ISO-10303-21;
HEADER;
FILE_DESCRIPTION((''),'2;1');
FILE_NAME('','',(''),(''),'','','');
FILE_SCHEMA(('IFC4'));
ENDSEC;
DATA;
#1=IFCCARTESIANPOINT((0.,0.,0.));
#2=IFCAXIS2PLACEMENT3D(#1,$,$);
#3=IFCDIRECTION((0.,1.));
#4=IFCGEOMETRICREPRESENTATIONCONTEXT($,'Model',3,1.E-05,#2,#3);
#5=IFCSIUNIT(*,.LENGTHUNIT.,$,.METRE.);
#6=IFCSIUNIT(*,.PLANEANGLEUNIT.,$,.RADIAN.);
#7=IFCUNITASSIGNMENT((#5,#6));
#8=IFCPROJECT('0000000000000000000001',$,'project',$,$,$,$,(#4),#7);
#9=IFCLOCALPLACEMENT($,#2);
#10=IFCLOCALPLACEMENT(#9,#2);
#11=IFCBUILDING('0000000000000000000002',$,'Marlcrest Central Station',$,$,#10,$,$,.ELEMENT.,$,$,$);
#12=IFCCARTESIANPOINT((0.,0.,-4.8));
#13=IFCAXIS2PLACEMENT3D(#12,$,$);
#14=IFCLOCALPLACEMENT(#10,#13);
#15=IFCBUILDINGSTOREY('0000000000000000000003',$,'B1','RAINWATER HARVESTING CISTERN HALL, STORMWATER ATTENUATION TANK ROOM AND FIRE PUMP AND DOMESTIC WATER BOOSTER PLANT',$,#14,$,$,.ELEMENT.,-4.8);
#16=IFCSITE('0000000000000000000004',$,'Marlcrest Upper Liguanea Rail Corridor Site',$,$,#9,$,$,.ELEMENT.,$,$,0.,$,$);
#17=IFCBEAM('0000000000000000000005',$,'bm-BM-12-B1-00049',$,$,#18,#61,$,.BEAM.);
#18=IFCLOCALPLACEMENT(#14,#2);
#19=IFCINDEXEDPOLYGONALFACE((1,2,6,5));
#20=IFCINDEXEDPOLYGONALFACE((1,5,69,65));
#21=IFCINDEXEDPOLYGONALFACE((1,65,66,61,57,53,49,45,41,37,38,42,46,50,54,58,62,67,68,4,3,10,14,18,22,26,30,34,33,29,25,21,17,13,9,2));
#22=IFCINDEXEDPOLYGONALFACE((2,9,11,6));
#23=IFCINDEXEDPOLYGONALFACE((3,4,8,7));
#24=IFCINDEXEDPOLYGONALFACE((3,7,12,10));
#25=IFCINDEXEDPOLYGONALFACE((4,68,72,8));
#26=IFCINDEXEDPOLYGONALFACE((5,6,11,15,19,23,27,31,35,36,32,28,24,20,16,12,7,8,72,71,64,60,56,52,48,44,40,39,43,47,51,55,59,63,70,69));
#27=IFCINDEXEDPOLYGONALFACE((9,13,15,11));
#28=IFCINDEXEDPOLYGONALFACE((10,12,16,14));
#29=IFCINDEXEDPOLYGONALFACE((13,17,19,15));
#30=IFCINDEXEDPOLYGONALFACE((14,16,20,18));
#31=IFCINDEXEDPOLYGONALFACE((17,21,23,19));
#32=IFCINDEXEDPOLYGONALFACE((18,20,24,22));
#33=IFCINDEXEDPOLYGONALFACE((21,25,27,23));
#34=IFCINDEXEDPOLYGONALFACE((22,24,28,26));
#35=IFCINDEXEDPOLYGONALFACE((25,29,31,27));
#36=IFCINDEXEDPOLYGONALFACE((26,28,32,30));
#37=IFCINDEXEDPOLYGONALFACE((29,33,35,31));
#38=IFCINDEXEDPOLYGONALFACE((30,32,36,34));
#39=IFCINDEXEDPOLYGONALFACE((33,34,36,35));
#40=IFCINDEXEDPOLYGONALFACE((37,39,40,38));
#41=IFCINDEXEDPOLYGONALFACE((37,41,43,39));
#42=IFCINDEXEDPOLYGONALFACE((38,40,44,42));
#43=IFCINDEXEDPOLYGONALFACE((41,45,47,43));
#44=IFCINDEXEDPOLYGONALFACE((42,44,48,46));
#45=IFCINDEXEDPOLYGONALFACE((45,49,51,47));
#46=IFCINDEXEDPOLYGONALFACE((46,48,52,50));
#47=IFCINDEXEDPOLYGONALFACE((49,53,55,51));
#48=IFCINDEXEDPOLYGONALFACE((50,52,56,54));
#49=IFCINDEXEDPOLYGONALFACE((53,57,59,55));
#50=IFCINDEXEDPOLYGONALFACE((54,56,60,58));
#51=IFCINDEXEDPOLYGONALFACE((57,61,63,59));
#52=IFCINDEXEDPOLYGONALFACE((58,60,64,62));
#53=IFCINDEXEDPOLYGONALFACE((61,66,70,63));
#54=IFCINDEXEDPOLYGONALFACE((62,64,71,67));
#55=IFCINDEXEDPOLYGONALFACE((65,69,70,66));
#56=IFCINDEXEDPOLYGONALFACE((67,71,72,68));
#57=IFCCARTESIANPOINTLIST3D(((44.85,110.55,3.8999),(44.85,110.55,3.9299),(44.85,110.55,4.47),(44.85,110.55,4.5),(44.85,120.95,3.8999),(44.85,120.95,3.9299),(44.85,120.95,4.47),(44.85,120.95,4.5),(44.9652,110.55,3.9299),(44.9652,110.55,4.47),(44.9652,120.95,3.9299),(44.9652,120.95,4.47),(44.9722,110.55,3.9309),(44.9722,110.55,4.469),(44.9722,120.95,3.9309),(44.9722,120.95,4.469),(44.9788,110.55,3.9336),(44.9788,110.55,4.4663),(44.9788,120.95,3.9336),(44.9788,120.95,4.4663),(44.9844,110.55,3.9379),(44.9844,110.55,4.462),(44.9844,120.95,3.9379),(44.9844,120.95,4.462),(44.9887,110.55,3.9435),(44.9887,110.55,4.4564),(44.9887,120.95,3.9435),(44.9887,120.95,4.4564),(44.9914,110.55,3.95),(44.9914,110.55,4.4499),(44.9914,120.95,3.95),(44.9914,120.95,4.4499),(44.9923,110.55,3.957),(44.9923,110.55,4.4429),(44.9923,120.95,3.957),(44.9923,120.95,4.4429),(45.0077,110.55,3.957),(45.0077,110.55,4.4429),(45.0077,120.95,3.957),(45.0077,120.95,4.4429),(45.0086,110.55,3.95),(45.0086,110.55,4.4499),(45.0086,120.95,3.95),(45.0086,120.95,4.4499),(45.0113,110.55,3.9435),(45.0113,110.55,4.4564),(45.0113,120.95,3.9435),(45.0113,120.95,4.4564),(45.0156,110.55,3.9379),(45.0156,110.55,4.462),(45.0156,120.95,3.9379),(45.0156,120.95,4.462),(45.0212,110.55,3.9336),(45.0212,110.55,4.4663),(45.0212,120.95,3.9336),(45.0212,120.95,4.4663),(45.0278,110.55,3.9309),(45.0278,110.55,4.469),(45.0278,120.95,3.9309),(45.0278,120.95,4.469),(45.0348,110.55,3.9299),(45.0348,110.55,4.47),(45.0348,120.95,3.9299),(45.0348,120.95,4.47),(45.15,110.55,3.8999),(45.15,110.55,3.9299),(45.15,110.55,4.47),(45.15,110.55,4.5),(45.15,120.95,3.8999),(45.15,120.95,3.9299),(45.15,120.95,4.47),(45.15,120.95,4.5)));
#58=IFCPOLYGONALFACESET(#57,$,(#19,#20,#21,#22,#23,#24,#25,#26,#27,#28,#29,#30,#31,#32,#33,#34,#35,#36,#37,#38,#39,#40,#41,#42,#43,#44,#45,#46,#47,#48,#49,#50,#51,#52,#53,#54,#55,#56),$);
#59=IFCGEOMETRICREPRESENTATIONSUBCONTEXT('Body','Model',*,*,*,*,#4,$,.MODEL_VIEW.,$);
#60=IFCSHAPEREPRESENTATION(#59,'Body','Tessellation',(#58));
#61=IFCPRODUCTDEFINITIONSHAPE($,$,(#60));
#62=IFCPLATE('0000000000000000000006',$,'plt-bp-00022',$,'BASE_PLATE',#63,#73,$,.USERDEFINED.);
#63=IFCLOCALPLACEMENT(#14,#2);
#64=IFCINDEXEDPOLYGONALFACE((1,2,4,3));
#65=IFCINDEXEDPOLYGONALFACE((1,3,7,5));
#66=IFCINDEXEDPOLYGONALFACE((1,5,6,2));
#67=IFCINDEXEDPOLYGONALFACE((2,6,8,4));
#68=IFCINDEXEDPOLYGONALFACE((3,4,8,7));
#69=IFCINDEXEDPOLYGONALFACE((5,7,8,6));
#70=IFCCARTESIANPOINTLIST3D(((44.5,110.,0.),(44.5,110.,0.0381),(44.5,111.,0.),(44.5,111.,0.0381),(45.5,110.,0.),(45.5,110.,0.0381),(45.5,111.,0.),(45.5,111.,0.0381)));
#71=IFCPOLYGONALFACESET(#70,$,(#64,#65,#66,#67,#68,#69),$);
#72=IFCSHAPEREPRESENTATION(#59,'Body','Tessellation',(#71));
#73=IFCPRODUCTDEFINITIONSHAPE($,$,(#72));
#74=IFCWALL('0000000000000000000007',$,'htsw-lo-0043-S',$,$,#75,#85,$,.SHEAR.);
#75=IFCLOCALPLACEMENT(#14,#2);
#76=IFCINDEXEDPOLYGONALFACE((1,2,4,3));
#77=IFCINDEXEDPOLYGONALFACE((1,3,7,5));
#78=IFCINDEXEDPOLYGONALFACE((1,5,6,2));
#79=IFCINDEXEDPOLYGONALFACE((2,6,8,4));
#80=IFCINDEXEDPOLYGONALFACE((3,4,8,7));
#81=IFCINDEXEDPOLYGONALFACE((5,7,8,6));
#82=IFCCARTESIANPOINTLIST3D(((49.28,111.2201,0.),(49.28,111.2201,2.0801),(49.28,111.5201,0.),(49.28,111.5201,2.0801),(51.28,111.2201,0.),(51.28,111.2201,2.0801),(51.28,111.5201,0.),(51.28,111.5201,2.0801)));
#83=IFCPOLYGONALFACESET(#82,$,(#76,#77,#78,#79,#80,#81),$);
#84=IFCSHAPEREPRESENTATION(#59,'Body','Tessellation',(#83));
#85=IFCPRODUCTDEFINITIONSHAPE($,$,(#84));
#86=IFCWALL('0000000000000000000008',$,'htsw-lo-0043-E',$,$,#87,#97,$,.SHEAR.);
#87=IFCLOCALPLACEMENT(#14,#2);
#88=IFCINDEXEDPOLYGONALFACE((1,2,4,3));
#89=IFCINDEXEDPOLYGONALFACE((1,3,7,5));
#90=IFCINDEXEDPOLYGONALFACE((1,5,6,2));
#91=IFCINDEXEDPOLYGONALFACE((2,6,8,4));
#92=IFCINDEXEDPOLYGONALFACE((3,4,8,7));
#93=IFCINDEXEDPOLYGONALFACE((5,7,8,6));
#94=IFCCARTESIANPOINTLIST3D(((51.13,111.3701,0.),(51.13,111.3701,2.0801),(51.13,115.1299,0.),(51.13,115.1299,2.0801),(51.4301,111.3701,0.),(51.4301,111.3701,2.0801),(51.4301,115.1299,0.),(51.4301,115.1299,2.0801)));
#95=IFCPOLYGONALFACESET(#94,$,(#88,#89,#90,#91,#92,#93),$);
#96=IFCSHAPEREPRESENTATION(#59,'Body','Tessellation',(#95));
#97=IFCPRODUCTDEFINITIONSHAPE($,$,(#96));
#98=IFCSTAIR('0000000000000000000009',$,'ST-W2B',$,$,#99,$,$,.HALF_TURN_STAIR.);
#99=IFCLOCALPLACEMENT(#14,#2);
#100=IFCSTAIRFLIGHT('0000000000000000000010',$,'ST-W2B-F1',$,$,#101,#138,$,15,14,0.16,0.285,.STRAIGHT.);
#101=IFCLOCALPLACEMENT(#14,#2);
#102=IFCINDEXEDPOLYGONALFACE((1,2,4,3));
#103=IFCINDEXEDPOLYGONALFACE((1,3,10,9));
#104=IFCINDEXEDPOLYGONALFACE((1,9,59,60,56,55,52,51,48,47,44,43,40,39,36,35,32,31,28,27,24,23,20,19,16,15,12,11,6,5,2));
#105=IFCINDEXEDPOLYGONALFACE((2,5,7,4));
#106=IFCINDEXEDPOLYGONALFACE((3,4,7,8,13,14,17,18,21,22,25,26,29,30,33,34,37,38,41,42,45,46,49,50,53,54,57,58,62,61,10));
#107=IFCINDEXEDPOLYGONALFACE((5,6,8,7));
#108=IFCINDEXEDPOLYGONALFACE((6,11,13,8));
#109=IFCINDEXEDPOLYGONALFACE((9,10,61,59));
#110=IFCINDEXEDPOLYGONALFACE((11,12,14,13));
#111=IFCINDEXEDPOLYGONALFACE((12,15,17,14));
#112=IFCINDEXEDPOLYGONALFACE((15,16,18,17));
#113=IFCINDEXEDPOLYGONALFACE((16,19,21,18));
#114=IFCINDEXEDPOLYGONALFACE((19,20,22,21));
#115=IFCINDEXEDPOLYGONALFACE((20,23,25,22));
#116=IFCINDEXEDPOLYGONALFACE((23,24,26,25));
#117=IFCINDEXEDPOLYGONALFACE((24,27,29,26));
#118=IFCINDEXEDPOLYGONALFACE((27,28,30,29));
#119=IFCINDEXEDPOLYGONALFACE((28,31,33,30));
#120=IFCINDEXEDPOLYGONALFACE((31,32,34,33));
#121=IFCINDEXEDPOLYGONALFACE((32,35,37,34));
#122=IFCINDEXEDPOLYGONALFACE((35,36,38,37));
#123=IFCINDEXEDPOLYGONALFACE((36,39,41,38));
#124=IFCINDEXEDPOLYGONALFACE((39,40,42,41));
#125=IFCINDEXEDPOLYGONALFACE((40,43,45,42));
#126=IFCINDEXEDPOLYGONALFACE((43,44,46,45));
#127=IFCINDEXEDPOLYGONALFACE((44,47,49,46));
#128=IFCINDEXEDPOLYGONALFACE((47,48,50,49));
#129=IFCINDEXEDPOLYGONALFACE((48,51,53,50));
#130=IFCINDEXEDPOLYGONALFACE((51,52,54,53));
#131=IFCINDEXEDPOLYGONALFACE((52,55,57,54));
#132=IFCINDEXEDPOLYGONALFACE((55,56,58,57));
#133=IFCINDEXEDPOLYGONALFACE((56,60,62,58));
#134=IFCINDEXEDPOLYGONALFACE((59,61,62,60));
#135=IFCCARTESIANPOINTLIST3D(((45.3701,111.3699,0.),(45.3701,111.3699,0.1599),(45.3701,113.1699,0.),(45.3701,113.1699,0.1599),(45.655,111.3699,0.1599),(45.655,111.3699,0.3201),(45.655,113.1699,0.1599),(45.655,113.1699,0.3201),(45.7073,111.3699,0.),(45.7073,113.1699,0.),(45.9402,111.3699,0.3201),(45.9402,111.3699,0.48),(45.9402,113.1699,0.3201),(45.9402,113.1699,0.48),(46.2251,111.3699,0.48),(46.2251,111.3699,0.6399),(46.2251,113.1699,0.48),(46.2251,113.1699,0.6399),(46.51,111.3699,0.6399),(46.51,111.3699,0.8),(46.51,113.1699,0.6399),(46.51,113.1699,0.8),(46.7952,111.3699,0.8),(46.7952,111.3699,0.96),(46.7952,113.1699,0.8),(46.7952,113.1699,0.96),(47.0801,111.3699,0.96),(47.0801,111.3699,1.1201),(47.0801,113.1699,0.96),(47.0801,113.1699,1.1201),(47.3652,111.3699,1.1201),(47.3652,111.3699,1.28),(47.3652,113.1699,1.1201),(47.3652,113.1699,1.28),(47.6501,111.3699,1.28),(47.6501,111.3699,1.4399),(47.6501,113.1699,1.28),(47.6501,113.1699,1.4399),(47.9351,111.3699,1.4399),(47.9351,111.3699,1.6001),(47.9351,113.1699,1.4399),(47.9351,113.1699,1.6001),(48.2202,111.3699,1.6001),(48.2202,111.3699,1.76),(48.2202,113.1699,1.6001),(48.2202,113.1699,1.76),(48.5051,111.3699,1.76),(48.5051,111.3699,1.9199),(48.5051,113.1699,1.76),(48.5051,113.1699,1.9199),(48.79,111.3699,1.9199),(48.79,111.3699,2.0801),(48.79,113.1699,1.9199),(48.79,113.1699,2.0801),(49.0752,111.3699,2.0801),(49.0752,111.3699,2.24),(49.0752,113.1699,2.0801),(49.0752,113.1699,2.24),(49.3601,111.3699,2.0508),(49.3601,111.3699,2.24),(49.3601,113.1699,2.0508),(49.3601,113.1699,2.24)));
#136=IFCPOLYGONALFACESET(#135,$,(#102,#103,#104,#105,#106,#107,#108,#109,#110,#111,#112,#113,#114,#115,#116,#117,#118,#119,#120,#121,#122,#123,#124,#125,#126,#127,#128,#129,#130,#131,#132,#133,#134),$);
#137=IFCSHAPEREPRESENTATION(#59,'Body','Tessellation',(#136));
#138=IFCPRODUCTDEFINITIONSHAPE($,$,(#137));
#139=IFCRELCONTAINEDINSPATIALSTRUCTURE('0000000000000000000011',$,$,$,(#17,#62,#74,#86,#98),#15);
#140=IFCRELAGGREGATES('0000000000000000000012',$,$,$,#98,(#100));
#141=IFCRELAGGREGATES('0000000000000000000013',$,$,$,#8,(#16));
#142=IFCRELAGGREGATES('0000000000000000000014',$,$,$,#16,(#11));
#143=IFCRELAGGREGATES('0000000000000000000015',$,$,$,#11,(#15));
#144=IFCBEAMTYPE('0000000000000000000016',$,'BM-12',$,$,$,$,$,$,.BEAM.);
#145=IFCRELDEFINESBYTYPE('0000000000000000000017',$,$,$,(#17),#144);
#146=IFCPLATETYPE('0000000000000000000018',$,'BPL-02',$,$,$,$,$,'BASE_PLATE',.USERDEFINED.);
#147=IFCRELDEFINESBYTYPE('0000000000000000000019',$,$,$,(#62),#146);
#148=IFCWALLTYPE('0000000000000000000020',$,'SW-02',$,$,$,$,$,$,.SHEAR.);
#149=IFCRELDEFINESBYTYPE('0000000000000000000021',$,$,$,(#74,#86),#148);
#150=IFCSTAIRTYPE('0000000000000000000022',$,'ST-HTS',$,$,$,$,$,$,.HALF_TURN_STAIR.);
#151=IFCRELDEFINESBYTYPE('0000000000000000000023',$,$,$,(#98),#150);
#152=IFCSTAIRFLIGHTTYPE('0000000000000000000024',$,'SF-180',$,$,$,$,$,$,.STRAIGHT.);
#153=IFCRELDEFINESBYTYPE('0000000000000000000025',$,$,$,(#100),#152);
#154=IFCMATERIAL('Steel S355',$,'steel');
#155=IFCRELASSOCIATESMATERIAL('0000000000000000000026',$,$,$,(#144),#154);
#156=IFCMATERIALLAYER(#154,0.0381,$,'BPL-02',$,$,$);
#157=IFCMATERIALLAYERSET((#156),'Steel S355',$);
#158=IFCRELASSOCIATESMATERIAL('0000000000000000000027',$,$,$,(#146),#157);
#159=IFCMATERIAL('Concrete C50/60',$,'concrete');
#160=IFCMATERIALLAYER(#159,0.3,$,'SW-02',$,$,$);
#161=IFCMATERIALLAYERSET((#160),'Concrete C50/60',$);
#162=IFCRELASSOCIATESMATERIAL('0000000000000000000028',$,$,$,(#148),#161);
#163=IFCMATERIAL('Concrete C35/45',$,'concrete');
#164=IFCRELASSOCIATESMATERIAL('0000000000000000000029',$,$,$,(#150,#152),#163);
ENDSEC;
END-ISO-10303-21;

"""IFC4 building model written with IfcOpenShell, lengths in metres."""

from ifc_helpers import new_model, si_unit, direction, frame, frame_2d, origin, origin_2d, place, context, subcontext, project, spatial, polyline, rectangle, i_section, outline, extrude, material, layer, layer_set, material_profile, profile_set, type_object, element, aggregate, save


model = new_model("IFC4")

# Units and contexts
model_context = context("Model", 3, precision=1e-05, world=origin(), true_north=direction((0.0, 1.0)))
body_context = subcontext(model_context, "Body", "Model", "MODEL_VIEW")
ifc_project = project(units=[si_unit("LENGTHUNIT", "METRE"), si_unit("PLANEANGLEUNIT", "RADIAN")], contexts=[model_context])

# Site, building, storey
site_placement = place(None, origin())
site = spatial("IfcSite", under=ifc_project, at=site_placement, Name="Marlcrest Upper Liguanea Rail Corridor Site", CompositionType="ELEMENT", RefElevation=0.0)
building_placement = place(site_placement, origin())
building = spatial("IfcBuilding", under=site, at=building_placement, Name="Marlcrest Central Station", CompositionType="ELEMENT")
storey_placement = place(building_placement, frame((0.0, 0.0, -4.8)))
storey = spatial("IfcBuildingStorey", under=building, at=storey_placement, Name="B1", Description="RAINWATER HARVESTING CISTERN HALL, STORMWATER ATTENUATION TANK ROOM AND FIRE PUMP AND DOMESTIC WATER BOOSTER PLANT", CompositionType="ELEMENT", Elevation=-4.8)

# Shared definitions
ifc_material_1 = material(Name="Concrete C35/45", Category="concrete")

# Shared definitions
ifc_material_2 = material(Name="Steel S355", Category="steel")

# Beam
ifc_material_profile_1 = material_profile(ifc_material_2, i_section(OverallWidth=0.3, OverallDepth=0.6001, WebThickness=0.0154, FlangeThickness=0.03, FilletRadius=0.0271, at=origin_2d()), Name="HEB 600")
ifc_profile_set_1 = profile_set([ifc_material_profile_1], Name="Steel S355")
beam_type = type_object("IfcBeamType", Name="BM-12", PredefinedType="BEAM", material=ifc_profile_set_1)
beam_1_placement = place(storey_placement, frame((45.0, 110.55, 4.2), z_axis=(0.0, 1.0, 0.0), x_axis=(-1.0, 0.0, 0.0)))
element("IfcBeam", 1, at=beam_1_placement, inside=storey, type_object=beam_type, Name="bm-BM-12-B1-00049", PredefinedType="BEAM", context=body_context, shape_type="SweptSolid", body=[
    extrude(i_section(OverallWidth=0.3, OverallDepth=0.6001, WebThickness=0.0154, FlangeThickness=0.03, FilletRadius=0.0271, at=origin_2d()), origin(), (0.0, 0.0, 1.0), 10.3999),
])

# Plate
ifc_layer_1 = layer(ifc_material_2, 0.0381, Name="BPL-02")
ifc_layer_set_1 = layer_set([ifc_layer_1], Name="Steel S355")
plate_type = type_object("IfcPlateType", Name="BPL-02", ElementType="BASE_PLATE", PredefinedType="USERDEFINED", material=ifc_layer_set_1)
plate_placement = place(storey_placement, frame((45.0, 110.5, 0.0), z_axis=(0.0, 0.0, 1.0), x_axis=(1.0, 0.0, 0.0)))
element("IfcPlate", 2, at=plate_placement, inside=storey, type_object=plate_type, Name="plt-bp-00022", ObjectType="BASE_PLATE", PredefinedType="USERDEFINED", context=body_context, shape_type="SweptSolid", body=[
    extrude(rectangle(XDim=1.0, YDim=1.0, at=origin_2d()), origin(), (0.0, 0.0, 1.0), 0.0381),
])

# Walls
ifc_material_3 = material(Name="Concrete C50/60", Category="concrete")
ifc_layer_2 = layer(ifc_material_3, 0.3, Name="SW-02")
ifc_layer_set_2 = layer_set([ifc_layer_2], Name="Concrete C50/60")
wall_type = type_object("IfcWallType", Name="SW-02", PredefinedType="SHEAR", material=ifc_layer_set_2)
wall_1_placement = place(storey_placement, frame((49.28, 111.3701, 0.0), z_axis=(0.0, 0.0, 1.0), x_axis=(1.0, 0.0, 0.0)))
element("IfcWall", 3, at=wall_1_placement, inside=storey, type_object=wall_type, Name="htsw-lo-0043-S", PredefinedType="SHEAR", context=body_context, shape_type="SweptSolid", body=[
    extrude(rectangle(XDim=2.0, YDim=0.3, at=frame_2d((1.0, 0.0))), origin(), (0.0, 0.0, 1.0), 2.0801),
])
wall_2_placement = place(storey_placement, frame((51.28, 111.3701, 0.0), z_axis=(0.0, 0.0, 1.0), x_axis=(0.0, 1.0, 0.0)))
element("IfcWall", 4, at=wall_2_placement, inside=storey, type_object=wall_type, Name="htsw-lo-0043-E", PredefinedType="SHEAR", context=body_context, shape_type="SweptSolid", body=[
    extrude(rectangle(XDim=3.7598, YDim=0.3, at=frame_2d((1.8799, 0.0))), origin(), (0.0, 0.0, 1.0), 2.0801),
])

# Stair, stair flight
stair_type = type_object("IfcStairType", Name="ST-HTS", PredefinedType="HALF_TURN_STAIR", material=ifc_material_1)
stair_placement = place(storey_placement, origin())
stair = element("IfcStair", 5, at=stair_placement, inside=storey, type_object=stair_type, Name="ST-W2B", PredefinedType="HALF_TURN_STAIR")
stair_flight_type = type_object("IfcStairFlightType", Name="SF-180", PredefinedType="STRAIGHT", material=ifc_material_1)
stair_flight_placement = place(storey_placement, frame((45.3701, 112.27, 0.0), z_axis=(0.0, 0.0, 1.0), x_axis=(1.0, 0.0, 0.0)))
stair_flight = element("IfcStairFlight", 6, at=stair_flight_placement, type_object=stair_flight_type, Name="ST-W2B-F1", NumberOfRisers=15, NumberOfTreads=14, PredefinedType="STRAIGHT", RiserHeight=0.16, TreadLength=0.285, context=body_context, shape_type="SweptSolid", body=[
    extrude(outline(polyline([(0.0, 0.0), (0.0, 0.1599), (0.2849, 0.1599), (0.2849, 0.3201), (0.5701, 0.3201), (0.5701, 0.48), (0.855, 0.48), (0.855, 0.6399), (1.1399, 0.6399), (1.1399, 0.8), (1.425, 0.8), (1.425, 0.96), (1.71, 0.96), (1.71, 1.1201), (1.9951, 1.1201), (1.9951, 1.28), (2.28, 1.28), (2.28, 1.4399), (2.5649, 1.4399), (2.5649, 1.6001), (2.8501, 1.6001), (2.8501, 1.76), (3.135, 1.76), (3.135, 1.9199), (3.4199, 1.9199), (3.4199, 2.0801), (3.7051, 2.0801), (3.7051, 2.24), (3.99, 2.24), (3.99, 2.3999), (3.99, 2.0508), (0.3372, 0.0), (0.0, 0.0)])), frame((0.0, 0.8999, 0.0), z_axis=(0.0, -1.0, 0.0), x_axis=(1.0, 0.0, 0.0)), (0.0, 0.0, 1.0), 1.8),
])
aggregate(stair, [stair_flight])

save(model, "model.ifc")
